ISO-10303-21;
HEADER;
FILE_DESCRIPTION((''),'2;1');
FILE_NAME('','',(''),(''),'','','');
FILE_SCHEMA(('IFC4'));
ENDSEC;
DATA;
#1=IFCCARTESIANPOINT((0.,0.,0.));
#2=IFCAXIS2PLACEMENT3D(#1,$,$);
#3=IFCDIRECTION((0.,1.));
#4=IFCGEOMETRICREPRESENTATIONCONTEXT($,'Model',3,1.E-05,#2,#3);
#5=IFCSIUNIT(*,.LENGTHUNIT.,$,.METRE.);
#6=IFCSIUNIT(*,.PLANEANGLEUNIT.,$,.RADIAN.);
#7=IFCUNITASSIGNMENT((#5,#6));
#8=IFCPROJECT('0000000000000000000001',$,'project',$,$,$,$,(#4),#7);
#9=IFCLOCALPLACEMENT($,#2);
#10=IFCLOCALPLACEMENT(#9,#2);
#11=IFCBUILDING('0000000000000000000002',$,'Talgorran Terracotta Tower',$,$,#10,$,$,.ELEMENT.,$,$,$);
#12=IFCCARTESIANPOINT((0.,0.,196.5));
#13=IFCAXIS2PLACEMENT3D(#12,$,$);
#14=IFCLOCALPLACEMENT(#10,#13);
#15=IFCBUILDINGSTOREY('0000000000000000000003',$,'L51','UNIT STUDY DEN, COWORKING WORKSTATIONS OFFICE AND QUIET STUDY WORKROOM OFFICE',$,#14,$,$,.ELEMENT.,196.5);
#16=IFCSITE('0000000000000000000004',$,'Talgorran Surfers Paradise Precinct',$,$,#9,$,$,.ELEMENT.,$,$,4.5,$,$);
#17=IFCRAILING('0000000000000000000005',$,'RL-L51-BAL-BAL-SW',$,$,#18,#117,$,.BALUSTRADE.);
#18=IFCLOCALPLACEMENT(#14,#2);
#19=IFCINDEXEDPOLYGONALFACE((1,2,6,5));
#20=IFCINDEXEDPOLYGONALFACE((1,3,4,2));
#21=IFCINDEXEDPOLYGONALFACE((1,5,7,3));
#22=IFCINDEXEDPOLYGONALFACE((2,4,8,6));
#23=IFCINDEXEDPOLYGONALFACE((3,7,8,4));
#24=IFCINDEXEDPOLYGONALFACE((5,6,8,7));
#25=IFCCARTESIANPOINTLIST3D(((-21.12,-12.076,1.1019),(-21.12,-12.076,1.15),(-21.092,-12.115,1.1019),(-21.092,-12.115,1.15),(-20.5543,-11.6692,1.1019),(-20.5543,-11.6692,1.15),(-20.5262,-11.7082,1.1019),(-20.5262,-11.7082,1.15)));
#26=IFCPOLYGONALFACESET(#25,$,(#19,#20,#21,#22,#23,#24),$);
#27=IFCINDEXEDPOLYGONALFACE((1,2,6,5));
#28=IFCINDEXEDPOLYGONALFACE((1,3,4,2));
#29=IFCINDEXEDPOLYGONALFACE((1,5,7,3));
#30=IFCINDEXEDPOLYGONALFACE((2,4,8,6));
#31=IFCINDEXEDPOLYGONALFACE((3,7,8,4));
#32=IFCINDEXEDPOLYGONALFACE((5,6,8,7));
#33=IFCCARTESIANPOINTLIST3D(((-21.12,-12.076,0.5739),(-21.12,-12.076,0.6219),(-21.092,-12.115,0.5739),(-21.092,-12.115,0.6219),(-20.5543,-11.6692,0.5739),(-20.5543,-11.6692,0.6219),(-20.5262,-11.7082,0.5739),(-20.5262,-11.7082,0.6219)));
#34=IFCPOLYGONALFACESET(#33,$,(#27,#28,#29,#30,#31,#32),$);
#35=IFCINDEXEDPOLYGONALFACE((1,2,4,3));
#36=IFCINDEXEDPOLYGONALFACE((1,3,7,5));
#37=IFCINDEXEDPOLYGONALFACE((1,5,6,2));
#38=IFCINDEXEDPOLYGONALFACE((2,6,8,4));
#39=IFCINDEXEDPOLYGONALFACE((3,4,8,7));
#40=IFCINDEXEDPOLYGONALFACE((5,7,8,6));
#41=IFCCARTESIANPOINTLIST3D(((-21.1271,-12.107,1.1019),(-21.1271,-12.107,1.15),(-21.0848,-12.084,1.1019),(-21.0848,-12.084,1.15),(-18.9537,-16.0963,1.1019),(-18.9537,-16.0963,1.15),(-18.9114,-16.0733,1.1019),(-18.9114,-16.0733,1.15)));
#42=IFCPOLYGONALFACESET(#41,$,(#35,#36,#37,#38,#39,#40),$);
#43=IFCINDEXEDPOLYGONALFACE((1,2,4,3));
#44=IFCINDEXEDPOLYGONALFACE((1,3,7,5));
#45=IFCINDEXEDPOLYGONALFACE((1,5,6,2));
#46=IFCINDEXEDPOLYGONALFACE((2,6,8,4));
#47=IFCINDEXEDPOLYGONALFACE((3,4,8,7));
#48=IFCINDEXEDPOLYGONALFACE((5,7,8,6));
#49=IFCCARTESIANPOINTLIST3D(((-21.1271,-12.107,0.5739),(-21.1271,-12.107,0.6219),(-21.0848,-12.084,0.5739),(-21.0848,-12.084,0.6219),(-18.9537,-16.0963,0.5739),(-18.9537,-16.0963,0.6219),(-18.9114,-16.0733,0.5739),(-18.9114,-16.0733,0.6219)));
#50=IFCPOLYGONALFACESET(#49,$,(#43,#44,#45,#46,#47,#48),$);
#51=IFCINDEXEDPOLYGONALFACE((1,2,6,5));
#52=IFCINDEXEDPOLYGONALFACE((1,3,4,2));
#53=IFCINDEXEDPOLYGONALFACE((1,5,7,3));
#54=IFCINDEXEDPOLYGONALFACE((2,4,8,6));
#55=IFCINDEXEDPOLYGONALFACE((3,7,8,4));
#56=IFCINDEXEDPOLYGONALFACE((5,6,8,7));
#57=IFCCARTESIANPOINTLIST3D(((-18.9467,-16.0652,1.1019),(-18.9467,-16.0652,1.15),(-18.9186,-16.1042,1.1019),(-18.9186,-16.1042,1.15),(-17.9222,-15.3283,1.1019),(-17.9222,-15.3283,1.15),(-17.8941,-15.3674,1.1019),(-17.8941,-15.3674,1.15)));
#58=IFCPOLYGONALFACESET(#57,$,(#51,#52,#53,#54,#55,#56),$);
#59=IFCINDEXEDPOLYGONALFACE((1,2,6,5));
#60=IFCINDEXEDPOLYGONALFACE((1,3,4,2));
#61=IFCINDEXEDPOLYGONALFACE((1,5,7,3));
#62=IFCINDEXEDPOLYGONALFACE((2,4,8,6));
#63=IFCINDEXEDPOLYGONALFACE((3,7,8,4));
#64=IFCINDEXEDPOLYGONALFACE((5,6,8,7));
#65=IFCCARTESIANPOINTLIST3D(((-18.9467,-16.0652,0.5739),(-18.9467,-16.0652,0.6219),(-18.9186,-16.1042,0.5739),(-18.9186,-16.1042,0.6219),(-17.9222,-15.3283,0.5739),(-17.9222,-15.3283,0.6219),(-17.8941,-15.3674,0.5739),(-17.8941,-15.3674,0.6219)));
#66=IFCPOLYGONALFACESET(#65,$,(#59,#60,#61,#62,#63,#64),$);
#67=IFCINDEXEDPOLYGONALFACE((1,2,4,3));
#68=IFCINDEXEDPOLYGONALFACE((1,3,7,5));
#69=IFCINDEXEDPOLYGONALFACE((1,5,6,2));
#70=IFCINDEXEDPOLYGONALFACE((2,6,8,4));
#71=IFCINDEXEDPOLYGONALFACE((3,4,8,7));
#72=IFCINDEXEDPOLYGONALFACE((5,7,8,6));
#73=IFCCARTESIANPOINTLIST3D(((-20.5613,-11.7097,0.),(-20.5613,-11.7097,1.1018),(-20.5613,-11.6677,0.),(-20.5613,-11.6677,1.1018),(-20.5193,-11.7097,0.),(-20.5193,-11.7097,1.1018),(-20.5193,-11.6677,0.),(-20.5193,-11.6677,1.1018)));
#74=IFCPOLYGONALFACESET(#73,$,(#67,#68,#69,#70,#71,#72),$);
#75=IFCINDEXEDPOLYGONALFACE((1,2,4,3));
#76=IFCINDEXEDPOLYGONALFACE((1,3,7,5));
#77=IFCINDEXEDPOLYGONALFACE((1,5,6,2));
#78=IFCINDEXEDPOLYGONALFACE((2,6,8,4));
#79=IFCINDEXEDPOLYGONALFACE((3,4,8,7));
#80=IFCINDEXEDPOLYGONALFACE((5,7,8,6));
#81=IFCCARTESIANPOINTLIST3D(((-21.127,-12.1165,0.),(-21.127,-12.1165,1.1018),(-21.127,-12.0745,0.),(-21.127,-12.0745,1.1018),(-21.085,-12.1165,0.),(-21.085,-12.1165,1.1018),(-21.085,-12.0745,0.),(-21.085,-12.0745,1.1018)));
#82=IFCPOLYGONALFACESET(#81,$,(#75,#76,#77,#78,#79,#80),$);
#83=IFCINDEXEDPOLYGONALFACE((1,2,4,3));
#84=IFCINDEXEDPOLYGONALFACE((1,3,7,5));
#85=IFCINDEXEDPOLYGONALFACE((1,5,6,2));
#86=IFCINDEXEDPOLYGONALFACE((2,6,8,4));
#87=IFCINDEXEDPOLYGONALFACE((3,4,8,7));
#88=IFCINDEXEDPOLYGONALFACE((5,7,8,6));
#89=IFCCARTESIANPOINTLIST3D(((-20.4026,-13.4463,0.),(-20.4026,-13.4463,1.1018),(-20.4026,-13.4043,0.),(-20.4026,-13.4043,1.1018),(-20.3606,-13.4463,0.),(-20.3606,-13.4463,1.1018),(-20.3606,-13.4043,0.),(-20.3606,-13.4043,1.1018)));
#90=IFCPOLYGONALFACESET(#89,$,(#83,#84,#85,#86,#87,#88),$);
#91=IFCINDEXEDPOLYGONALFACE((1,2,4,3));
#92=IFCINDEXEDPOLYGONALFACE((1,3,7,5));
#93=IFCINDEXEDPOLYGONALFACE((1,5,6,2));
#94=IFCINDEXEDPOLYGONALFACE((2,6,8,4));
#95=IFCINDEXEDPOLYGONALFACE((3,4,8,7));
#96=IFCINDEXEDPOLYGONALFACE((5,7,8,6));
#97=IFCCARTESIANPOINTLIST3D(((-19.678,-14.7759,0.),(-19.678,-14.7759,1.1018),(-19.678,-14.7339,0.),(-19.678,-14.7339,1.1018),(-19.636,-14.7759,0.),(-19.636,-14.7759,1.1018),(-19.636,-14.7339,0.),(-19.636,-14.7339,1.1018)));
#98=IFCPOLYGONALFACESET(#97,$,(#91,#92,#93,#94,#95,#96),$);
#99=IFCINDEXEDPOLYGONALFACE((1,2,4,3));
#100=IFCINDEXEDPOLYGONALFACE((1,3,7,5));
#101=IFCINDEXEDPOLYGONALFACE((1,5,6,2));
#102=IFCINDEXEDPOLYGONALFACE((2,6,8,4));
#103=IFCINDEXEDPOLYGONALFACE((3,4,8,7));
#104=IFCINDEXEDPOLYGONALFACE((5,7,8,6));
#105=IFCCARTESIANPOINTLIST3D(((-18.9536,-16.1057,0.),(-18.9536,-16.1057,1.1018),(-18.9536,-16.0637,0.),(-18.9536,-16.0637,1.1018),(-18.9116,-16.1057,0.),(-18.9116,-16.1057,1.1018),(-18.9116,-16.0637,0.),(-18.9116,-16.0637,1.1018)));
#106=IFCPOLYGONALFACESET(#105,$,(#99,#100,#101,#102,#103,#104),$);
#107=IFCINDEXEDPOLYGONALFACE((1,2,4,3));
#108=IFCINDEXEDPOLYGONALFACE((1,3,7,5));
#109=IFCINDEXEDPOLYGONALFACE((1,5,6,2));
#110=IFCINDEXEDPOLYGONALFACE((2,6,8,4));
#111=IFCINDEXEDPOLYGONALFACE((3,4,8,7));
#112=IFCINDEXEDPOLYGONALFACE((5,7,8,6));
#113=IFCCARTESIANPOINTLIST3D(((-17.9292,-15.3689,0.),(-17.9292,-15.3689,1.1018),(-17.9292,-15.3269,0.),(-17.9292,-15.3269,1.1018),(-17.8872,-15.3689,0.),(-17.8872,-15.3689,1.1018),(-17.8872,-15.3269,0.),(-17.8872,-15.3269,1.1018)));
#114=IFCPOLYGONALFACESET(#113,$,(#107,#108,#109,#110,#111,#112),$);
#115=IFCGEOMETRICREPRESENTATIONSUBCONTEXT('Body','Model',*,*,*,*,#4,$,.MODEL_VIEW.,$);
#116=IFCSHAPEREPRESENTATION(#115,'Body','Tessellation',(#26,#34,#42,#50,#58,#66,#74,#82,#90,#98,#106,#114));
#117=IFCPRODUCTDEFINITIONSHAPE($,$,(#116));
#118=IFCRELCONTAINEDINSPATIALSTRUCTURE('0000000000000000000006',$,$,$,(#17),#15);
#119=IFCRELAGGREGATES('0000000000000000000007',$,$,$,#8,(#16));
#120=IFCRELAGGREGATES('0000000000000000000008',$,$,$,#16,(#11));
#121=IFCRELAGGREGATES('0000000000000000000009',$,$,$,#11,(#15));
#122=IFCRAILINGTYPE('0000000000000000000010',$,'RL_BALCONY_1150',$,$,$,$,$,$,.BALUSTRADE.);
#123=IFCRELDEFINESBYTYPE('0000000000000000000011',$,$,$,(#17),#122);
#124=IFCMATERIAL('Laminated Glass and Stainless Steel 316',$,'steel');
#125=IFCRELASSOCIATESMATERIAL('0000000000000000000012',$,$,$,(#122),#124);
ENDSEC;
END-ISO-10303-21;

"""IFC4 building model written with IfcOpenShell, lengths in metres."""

from ifc_helpers import new_model, si_unit, direction, frame, origin, origin_2d, place, context, subcontext, project, spatial, rectangle, extrude, material, type_object, element, save


model = new_model("IFC4")

# Units and contexts
model_context = context("Model", 3, precision=1e-05, world=origin(), true_north=direction((0.0, 1.0)))
body_context = subcontext(model_context, "Body", "Model", "MODEL_VIEW")
ifc_project = project(units=[si_unit("LENGTHUNIT", "METRE"), si_unit("PLANEANGLEUNIT", "RADIAN")], contexts=[model_context])

# Site, building, storey
site_placement = place(None, origin())
site = spatial("IfcSite", under=ifc_project, at=site_placement, Name="Talgorran Surfers Paradise Precinct", CompositionType="ELEMENT", RefElevation=4.5)
building_placement = place(site_placement, origin())
building = spatial("IfcBuilding", under=site, at=building_placement, Name="Talgorran Terracotta Tower", CompositionType="ELEMENT")
storey_placement = place(building_placement, frame((0.0, 0.0, 196.5)))
storey = spatial("IfcBuildingStorey", under=building, at=storey_placement, Name="L51", Description="UNIT STUDY DEN, COWORKING WORKSTATIONS OFFICE AND QUIET STUDY WORKROOM OFFICE", CompositionType="ELEMENT", Elevation=196.5)

# Railing
ifc_material_1 = material(Name="Laminated Glass and Stainless Steel 316", Category="steel")
railing_type = type_object("IfcRailingType", Name="RL_BALCONY_1150", PredefinedType="BALUSTRADE", material=ifc_material_1)
railing_placement = place(storey_placement, frame((-20.5403, -11.6887, 0.0)))
element("IfcRailing", 1, at=railing_placement, inside=storey, type_object=railing_type, Name="RL-L51-BAL-BAL-SW", PredefinedType="BALUSTRADE", context=body_context, shape_type="SweptSolid", body=[
    extrude(rectangle(XDim=0.0481, YDim=0.0481, at=origin_2d()), frame((0.0, 0.0, 1.126), z_axis=(-0.811906, -0.583788, 0.0), x_axis=(0.583788, -0.811906, 0.0)), (0.0, 0.0, 1.0), 0.6968),
    extrude(rectangle(XDim=0.0481, YDim=0.0481, at=origin_2d()), frame((0.0, 0.0, 0.5979), z_axis=(-0.811906, -0.583788, 0.0), x_axis=(0.583788, -0.811906, 0.0)), (0.0, 0.0, 1.0), 0.6968),
    extrude(rectangle(XDim=0.0481, YDim=0.0481, at=origin_2d()), frame((-0.5657, -0.4067, 1.126), z_axis=(0.478408, -0.878138, 0.0), x_axis=(0.878138, 0.478408, 0.0)), (0.0, 0.0, 1.0), 4.543),
    extrude(rectangle(XDim=0.0481, YDim=0.0481, at=origin_2d()), frame((-0.5657, -0.4067, 0.5979), z_axis=(0.478408, -0.878138, 0.0), x_axis=(0.878138, 0.478408, 0.0)), (0.0, 0.0, 1.0), 4.543),
    extrude(rectangle(XDim=0.0481, YDim=0.0481, at=origin_2d()), frame((1.6077, -4.396, 1.126), z_axis=(0.81182, 0.583907, 0.0), x_axis=(-0.583907, 0.81182, 0.0)), (0.0, 0.0, 1.0), 1.262),
    extrude(rectangle(XDim=0.0481, YDim=0.0481, at=origin_2d()), frame((1.6077, -4.396, 0.5979), z_axis=(0.81182, 0.583907, 0.0), x_axis=(-0.583907, 0.81182, 0.0)), (0.0, 0.0, 1.0), 1.262),
    extrude(rectangle(XDim=0.042, YDim=0.042, at=origin_2d()), origin(), (0.0, 0.0, 1.0), 1.1018),
    extrude(rectangle(XDim=0.042, YDim=0.042, at=origin_2d()), frame((-0.5657, -0.4067, 0.0)), (0.0, 0.0, 1.0), 1.1018),
    extrude(rectangle(XDim=0.042, YDim=0.042, at=origin_2d()), frame((0.1587, -1.7366, 0.0)), (0.0, 0.0, 1.0), 1.1018),
    extrude(rectangle(XDim=0.042, YDim=0.042, at=origin_2d()), frame((0.8833, -3.0662, 0.0)), (0.0, 0.0, 1.0), 1.1018),
    extrude(rectangle(XDim=0.042, YDim=0.042, at=origin_2d()), frame((1.6077, -4.396, 0.0)), (0.0, 0.0, 1.0), 1.1018),
    extrude(rectangle(XDim=0.042, YDim=0.042, at=origin_2d()), frame((2.6321, -3.6592, 0.0)), (0.0, 0.0, 1.0), 1.1018),
])

save(model, "model.ifc")
